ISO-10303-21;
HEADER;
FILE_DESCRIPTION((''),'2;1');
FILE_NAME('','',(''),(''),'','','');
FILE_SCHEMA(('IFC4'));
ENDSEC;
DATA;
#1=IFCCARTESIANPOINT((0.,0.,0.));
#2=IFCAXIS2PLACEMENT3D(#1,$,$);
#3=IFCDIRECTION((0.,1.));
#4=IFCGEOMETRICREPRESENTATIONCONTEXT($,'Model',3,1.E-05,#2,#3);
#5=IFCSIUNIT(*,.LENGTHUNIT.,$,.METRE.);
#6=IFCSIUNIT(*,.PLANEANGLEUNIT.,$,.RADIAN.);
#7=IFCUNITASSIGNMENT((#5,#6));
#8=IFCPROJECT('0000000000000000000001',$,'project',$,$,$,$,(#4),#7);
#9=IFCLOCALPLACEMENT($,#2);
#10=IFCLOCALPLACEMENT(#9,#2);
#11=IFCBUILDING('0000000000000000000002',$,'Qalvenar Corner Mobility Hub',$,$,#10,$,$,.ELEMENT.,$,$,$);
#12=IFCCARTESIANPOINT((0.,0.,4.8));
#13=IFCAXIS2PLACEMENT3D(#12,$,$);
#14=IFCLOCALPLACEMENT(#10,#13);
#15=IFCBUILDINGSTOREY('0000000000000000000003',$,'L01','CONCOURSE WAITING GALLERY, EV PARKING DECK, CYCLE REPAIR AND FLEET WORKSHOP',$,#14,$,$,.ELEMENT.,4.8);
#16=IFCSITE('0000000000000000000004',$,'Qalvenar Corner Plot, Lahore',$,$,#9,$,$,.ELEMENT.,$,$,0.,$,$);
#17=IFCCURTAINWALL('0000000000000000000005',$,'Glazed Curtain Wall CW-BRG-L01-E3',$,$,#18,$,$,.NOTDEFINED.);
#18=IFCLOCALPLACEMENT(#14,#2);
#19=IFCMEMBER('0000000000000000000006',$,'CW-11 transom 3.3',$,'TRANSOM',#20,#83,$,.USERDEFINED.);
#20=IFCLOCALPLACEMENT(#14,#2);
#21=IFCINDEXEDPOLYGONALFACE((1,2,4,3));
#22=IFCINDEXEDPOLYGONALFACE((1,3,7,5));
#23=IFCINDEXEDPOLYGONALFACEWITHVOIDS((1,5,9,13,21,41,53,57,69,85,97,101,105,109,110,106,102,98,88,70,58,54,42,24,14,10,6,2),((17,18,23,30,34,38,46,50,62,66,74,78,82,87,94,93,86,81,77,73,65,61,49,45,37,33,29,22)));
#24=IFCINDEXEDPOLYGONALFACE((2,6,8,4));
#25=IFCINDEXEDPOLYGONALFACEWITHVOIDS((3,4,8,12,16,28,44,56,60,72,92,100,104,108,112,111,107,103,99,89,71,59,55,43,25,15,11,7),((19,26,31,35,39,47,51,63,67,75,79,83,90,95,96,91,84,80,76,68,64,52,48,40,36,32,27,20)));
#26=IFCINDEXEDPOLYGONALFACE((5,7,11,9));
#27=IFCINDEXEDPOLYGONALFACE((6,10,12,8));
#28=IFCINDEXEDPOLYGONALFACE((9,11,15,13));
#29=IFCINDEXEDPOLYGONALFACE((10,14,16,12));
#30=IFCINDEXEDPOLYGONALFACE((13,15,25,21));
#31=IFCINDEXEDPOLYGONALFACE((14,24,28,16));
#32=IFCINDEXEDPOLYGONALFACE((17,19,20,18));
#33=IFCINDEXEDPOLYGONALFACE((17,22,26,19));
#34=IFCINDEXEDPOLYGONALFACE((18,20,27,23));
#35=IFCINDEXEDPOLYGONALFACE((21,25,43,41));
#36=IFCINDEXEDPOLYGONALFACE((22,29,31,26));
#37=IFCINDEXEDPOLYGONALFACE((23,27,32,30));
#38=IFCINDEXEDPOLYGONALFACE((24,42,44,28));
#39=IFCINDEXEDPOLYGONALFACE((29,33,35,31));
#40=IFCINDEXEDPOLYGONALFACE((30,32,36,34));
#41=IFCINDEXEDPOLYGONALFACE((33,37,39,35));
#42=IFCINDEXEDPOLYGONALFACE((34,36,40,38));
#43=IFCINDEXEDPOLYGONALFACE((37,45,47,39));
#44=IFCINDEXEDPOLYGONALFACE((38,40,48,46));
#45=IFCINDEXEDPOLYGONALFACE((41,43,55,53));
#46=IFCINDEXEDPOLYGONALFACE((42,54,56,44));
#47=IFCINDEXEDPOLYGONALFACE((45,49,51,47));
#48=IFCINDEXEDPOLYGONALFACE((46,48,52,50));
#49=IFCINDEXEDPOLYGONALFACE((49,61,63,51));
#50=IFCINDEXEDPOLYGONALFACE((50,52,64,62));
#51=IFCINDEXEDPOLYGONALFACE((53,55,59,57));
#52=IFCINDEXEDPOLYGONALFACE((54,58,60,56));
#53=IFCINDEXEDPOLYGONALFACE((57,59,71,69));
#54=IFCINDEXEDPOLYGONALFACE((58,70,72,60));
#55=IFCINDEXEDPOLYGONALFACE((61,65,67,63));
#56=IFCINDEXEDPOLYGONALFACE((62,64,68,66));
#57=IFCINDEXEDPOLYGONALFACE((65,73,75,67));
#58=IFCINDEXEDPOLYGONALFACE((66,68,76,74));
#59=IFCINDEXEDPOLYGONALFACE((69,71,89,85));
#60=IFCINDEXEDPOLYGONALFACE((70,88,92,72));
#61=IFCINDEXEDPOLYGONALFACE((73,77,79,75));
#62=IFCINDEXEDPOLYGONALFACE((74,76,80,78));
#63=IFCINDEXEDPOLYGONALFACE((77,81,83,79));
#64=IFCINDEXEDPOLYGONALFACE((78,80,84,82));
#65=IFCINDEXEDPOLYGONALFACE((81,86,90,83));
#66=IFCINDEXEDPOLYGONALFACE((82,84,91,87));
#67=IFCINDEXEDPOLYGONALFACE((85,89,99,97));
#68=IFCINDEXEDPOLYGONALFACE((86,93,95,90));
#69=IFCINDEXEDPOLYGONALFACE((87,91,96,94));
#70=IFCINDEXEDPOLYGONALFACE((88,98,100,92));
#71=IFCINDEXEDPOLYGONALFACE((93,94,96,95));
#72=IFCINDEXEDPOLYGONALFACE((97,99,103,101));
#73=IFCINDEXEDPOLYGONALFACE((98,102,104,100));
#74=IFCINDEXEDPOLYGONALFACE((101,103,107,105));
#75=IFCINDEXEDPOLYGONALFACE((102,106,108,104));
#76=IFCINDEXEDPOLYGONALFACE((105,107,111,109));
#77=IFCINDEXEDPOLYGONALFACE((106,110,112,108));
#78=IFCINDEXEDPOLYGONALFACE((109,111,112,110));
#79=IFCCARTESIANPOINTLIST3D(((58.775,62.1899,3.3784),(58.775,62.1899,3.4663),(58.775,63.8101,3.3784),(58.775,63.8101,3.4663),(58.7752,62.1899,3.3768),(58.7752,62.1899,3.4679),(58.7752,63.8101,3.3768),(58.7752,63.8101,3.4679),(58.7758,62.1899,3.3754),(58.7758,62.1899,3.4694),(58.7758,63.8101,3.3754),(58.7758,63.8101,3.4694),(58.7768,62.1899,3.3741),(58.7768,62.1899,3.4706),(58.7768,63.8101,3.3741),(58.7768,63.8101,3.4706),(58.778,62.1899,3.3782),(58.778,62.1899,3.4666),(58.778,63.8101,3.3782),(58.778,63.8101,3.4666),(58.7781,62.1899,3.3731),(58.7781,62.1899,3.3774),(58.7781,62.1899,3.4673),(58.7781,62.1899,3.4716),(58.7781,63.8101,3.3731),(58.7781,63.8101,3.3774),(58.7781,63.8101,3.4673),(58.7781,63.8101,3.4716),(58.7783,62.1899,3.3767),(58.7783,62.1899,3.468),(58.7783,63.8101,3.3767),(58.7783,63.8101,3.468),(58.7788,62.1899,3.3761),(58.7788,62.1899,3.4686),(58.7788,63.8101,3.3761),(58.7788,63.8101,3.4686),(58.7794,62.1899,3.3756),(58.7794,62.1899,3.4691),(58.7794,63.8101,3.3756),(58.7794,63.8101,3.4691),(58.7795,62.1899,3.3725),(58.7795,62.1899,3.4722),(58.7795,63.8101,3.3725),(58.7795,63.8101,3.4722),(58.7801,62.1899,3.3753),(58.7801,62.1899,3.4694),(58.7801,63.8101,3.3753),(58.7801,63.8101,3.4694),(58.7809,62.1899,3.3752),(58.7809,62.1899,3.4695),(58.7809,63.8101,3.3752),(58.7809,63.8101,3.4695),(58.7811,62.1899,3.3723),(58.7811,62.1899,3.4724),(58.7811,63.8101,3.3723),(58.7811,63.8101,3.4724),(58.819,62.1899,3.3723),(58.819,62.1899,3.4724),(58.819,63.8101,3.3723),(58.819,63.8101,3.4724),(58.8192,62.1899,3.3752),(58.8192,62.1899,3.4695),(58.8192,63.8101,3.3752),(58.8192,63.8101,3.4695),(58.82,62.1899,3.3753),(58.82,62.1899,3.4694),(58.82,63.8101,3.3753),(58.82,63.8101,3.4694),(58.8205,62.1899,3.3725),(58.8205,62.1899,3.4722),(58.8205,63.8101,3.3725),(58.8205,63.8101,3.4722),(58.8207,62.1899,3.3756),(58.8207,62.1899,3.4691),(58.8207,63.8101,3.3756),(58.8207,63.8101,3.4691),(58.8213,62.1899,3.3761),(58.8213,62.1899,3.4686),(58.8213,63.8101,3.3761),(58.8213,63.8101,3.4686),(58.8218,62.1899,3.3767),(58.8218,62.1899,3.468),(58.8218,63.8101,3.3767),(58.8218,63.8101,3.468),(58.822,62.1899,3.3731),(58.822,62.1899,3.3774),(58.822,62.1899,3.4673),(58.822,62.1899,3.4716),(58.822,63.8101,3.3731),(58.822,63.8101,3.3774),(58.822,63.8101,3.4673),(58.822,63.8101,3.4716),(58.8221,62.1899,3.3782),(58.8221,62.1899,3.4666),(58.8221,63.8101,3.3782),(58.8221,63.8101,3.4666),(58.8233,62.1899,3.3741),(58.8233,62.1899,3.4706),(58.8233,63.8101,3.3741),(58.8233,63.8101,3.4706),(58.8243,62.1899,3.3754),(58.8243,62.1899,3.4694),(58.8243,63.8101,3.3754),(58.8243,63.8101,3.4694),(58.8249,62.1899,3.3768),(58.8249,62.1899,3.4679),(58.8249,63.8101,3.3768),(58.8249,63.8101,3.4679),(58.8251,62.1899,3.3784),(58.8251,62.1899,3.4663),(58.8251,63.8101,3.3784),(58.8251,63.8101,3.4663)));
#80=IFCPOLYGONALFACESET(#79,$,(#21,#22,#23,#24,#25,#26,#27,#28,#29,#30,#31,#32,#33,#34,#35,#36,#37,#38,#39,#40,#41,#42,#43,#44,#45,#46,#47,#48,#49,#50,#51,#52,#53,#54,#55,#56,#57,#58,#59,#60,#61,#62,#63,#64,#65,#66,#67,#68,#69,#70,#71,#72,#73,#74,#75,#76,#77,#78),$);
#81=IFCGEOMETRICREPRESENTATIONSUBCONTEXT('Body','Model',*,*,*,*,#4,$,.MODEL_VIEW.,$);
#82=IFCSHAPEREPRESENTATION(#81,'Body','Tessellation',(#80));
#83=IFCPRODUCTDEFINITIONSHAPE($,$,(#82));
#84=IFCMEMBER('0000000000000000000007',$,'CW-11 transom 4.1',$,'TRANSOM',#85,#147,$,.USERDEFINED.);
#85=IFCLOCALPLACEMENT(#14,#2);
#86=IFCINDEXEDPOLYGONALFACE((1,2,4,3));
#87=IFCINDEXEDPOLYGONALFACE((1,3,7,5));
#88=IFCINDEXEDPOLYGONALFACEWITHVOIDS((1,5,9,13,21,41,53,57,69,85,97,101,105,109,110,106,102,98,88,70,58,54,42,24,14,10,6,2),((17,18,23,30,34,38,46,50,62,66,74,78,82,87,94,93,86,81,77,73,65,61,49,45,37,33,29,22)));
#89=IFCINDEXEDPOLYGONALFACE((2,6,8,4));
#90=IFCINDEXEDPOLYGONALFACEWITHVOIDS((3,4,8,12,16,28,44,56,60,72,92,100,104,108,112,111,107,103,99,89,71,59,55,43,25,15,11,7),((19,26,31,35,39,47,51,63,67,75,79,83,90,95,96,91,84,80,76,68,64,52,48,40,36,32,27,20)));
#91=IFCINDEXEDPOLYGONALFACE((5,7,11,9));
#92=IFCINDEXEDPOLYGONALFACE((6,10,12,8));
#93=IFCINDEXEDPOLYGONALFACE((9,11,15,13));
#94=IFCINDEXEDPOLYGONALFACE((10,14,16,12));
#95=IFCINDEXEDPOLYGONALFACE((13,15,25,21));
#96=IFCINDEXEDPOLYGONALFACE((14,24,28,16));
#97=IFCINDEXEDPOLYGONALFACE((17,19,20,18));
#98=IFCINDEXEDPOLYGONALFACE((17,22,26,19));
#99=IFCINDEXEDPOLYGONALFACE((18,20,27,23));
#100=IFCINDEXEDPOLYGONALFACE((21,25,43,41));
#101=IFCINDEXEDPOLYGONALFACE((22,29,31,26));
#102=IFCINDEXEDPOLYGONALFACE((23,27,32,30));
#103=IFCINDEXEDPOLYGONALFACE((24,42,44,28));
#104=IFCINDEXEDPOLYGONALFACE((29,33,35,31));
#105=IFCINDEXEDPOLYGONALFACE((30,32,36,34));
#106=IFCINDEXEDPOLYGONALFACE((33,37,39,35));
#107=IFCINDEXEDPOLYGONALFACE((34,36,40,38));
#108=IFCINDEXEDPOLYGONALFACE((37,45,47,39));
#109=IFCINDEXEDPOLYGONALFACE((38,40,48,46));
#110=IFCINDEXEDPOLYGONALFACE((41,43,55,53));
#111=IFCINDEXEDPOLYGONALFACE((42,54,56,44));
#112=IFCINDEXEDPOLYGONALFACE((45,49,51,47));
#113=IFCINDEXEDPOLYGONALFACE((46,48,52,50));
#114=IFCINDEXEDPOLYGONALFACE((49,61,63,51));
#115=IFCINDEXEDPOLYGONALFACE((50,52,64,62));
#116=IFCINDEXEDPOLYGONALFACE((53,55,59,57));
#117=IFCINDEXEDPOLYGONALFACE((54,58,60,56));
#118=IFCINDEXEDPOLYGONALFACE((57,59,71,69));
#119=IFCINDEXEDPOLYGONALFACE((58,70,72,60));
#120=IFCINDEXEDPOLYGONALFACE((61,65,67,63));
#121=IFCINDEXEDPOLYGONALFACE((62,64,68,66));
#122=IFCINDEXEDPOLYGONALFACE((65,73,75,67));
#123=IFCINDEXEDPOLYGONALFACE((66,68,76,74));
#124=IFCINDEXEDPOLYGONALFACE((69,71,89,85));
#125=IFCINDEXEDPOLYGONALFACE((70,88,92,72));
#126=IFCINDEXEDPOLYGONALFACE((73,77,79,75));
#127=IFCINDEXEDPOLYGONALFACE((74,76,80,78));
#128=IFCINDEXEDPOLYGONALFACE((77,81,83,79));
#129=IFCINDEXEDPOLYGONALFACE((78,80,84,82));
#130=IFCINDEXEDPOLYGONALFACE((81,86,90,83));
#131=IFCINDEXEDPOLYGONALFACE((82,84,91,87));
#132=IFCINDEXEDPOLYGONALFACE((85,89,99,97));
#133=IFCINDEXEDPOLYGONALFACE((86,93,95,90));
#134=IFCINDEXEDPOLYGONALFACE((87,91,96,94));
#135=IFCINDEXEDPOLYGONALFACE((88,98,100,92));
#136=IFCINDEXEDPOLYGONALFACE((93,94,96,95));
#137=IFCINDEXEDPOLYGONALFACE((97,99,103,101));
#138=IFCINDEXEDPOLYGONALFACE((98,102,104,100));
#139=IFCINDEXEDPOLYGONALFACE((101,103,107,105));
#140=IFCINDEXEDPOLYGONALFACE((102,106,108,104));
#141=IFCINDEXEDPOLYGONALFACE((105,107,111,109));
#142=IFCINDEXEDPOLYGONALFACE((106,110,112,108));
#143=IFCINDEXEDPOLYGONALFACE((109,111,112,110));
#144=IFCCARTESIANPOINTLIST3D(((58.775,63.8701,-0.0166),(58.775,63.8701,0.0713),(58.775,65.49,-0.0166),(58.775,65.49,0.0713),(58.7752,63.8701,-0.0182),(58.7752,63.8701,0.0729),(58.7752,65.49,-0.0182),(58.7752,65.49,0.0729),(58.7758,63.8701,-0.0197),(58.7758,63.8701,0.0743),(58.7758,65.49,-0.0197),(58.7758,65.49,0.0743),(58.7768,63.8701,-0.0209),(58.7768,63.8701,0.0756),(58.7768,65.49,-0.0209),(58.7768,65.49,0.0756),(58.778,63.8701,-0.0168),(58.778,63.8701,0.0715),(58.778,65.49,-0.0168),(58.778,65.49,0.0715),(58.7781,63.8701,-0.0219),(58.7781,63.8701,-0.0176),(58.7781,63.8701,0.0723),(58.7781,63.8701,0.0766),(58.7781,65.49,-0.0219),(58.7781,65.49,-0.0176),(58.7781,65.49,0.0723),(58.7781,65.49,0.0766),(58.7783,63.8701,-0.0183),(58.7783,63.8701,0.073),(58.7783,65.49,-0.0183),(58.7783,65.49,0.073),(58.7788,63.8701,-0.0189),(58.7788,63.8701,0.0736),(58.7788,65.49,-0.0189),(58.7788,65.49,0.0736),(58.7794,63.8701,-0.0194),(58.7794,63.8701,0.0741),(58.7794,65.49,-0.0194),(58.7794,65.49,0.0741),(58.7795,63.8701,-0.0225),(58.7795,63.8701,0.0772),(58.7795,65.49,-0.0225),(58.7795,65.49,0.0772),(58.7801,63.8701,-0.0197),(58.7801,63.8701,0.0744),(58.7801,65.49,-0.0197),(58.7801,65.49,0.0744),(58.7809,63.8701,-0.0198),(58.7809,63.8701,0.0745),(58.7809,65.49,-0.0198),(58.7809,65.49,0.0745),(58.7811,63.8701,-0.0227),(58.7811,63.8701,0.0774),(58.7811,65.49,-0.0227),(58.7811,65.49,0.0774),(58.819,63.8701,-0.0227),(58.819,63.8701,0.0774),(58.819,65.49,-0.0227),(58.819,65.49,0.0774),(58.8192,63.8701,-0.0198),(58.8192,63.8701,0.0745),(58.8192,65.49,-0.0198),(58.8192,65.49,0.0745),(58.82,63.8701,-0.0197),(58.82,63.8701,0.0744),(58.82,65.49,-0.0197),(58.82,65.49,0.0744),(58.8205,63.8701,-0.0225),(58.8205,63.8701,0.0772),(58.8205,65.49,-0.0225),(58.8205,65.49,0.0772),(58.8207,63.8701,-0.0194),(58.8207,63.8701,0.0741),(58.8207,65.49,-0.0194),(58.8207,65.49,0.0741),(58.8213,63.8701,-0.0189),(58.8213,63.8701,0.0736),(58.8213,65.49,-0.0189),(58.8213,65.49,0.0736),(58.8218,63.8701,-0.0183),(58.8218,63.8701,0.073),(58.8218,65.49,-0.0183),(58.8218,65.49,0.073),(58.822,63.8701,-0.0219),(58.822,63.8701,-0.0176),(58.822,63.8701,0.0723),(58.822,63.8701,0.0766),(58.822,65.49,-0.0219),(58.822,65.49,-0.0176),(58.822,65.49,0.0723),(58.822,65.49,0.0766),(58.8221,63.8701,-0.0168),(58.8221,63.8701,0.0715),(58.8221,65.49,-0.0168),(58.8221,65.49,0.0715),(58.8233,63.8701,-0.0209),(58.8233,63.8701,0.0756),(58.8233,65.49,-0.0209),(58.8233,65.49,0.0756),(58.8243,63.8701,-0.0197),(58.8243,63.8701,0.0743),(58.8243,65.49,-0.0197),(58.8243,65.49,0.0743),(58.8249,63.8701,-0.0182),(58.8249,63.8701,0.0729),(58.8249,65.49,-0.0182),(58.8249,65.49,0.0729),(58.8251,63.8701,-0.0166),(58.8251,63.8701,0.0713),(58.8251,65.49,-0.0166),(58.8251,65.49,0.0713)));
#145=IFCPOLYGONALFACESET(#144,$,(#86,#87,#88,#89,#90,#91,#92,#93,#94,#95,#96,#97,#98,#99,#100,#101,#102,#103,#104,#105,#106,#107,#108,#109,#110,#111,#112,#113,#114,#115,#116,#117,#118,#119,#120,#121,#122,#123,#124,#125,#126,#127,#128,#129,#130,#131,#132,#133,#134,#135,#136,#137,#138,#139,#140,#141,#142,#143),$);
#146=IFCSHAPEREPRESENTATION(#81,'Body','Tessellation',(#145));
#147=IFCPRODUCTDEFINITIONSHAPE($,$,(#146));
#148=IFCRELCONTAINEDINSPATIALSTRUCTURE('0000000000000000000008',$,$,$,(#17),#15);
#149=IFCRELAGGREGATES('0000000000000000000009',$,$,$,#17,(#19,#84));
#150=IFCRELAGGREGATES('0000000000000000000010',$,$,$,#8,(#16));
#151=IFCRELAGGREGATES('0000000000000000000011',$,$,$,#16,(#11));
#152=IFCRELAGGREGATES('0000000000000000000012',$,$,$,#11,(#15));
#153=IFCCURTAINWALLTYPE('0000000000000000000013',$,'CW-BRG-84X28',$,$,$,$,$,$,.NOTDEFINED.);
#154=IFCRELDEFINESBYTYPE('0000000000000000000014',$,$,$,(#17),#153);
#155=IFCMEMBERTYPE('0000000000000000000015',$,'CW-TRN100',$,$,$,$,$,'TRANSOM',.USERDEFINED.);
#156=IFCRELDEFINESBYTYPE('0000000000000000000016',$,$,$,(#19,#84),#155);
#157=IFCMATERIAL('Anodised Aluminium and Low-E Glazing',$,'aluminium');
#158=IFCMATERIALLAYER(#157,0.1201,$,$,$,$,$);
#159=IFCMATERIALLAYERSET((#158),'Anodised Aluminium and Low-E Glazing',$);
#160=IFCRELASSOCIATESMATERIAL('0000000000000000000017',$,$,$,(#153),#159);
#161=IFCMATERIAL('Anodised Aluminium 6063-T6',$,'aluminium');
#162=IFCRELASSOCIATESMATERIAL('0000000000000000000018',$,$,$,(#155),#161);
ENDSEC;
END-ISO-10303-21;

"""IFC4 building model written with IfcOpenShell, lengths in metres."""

from ifc_helpers import new_model, si_unit, direction, frame, origin, origin_2d, place, context, subcontext, project, spatial, hollow_rectangle, extrude, material, layer, layer_set, material_profile, profile_set, type_object, element, aggregate, save


model = new_model("IFC4")

# Units and contexts
model_context = context("Model", 3, precision=1e-05, world=origin(), true_north=direction((0.0, 1.0)))
body_context = subcontext(model_context, "Body", "Model", "MODEL_VIEW")
ifc_project = project(units=[si_unit("LENGTHUNIT", "METRE"), si_unit("PLANEANGLEUNIT", "RADIAN")], contexts=[model_context])

# Site, building, storey
site_placement = place(None, origin())
site = spatial("IfcSite", under=ifc_project, at=site_placement, Name="Qalvenar Corner Plot, Lahore", CompositionType="ELEMENT", RefElevation=0.0)
building_placement = place(site_placement, origin())
building = spatial("IfcBuilding", under=site, at=building_placement, Name="Qalvenar Corner Mobility Hub", CompositionType="ELEMENT")
storey_placement = place(building_placement, frame((0.0, 0.0, 4.8)))
storey = spatial("IfcBuildingStorey", under=building, at=storey_placement, Name="L01", Description="CONCOURSE WAITING GALLERY, EV PARKING DECK, CYCLE REPAIR AND FLEET WORKSHOP", CompositionType="ELEMENT", Elevation=4.8)

# Shared definitions
ifc_material_1 = material(Name="Anodised Aluminium and Low-E Glazing", Category="aluminium")
ifc_layer_1 = layer(ifc_material_1, 0.1201)
ifc_layer_set_1 = layer_set([ifc_layer_1], Name="Anodised Aluminium and Low-E Glazing")
curtain_wall_type = type_object("IfcCurtainWallType", Name="CW-BRG-84X28", PredefinedType="NOTDEFINED", material=ifc_layer_set_1)
ifc_material_2 = material(Name="Anodised Aluminium 6063-T6", Category="aluminium")

# Curtain wall, members
curtain_wall_1_placement = place(storey_placement, origin())
curtain_wall_1 = element("IfcCurtainWall", 1, at=curtain_wall_1_placement, inside=storey, type_object=curtain_wall_type, Name="Glazed Curtain Wall CW-BRG-L01-E3", PredefinedType="NOTDEFINED")
ifc_material_profile_1 = material_profile(ifc_material_2, hollow_rectangle(XDim=0.05, YDim=0.1001, WallThickness=0.0029, InnerFilletRadius=0.0029, OuterFilletRadius=0.0061, at=origin_2d()), Name="RHS100x50x3")
ifc_profile_set_1 = profile_set([ifc_material_profile_1], Name="Anodised Aluminium 6063-T6")
member_type_1 = type_object("IfcMemberType", Name="CW-TRN100", ElementType="TRANSOM", PredefinedType="USERDEFINED", material=ifc_profile_set_1)
member_1_placement = place(storey_placement, frame((58.8, 62.1899, 3.4224), z_axis=(0.0, 1.0, 0.0), x_axis=(-1.0, 0.0, 0.0)))
member_1 = element("IfcMember", 2, at=member_1_placement, type_object=member_type_1, Name="CW-11 transom 3.3", ObjectType="TRANSOM", PredefinedType="USERDEFINED", context=body_context, shape_type="SweptSolid", body=[
    extrude(hollow_rectangle(XDim=0.05, YDim=0.1001, WallThickness=0.0029, InnerFilletRadius=0.0029, OuterFilletRadius=0.0061, at=origin_2d()), origin(), (0.0, 0.0, 1.0), 1.6201),
])
member_2_placement = place(storey_placement, frame((58.8, 63.8701, 0.0273), z_axis=(0.0, 1.0, 0.0), x_axis=(-1.0, 0.0, 0.0)))
member_2 = element("IfcMember", 3, at=member_2_placement, type_object=member_type_1, Name="CW-11 transom 4.1", ObjectType="TRANSOM", PredefinedType="USERDEFINED", context=body_context, shape_type="SweptSolid", body=[
    extrude(hollow_rectangle(XDim=0.05, YDim=0.1001, WallThickness=0.0029, InnerFilletRadius=0.0029, OuterFilletRadius=0.0061, at=origin_2d()), origin(), (0.0, 0.0, 1.0), 1.6199),
])

aggregate(curtain_wall_1, [member_1, member_2])

save(model, "model.ifc")
